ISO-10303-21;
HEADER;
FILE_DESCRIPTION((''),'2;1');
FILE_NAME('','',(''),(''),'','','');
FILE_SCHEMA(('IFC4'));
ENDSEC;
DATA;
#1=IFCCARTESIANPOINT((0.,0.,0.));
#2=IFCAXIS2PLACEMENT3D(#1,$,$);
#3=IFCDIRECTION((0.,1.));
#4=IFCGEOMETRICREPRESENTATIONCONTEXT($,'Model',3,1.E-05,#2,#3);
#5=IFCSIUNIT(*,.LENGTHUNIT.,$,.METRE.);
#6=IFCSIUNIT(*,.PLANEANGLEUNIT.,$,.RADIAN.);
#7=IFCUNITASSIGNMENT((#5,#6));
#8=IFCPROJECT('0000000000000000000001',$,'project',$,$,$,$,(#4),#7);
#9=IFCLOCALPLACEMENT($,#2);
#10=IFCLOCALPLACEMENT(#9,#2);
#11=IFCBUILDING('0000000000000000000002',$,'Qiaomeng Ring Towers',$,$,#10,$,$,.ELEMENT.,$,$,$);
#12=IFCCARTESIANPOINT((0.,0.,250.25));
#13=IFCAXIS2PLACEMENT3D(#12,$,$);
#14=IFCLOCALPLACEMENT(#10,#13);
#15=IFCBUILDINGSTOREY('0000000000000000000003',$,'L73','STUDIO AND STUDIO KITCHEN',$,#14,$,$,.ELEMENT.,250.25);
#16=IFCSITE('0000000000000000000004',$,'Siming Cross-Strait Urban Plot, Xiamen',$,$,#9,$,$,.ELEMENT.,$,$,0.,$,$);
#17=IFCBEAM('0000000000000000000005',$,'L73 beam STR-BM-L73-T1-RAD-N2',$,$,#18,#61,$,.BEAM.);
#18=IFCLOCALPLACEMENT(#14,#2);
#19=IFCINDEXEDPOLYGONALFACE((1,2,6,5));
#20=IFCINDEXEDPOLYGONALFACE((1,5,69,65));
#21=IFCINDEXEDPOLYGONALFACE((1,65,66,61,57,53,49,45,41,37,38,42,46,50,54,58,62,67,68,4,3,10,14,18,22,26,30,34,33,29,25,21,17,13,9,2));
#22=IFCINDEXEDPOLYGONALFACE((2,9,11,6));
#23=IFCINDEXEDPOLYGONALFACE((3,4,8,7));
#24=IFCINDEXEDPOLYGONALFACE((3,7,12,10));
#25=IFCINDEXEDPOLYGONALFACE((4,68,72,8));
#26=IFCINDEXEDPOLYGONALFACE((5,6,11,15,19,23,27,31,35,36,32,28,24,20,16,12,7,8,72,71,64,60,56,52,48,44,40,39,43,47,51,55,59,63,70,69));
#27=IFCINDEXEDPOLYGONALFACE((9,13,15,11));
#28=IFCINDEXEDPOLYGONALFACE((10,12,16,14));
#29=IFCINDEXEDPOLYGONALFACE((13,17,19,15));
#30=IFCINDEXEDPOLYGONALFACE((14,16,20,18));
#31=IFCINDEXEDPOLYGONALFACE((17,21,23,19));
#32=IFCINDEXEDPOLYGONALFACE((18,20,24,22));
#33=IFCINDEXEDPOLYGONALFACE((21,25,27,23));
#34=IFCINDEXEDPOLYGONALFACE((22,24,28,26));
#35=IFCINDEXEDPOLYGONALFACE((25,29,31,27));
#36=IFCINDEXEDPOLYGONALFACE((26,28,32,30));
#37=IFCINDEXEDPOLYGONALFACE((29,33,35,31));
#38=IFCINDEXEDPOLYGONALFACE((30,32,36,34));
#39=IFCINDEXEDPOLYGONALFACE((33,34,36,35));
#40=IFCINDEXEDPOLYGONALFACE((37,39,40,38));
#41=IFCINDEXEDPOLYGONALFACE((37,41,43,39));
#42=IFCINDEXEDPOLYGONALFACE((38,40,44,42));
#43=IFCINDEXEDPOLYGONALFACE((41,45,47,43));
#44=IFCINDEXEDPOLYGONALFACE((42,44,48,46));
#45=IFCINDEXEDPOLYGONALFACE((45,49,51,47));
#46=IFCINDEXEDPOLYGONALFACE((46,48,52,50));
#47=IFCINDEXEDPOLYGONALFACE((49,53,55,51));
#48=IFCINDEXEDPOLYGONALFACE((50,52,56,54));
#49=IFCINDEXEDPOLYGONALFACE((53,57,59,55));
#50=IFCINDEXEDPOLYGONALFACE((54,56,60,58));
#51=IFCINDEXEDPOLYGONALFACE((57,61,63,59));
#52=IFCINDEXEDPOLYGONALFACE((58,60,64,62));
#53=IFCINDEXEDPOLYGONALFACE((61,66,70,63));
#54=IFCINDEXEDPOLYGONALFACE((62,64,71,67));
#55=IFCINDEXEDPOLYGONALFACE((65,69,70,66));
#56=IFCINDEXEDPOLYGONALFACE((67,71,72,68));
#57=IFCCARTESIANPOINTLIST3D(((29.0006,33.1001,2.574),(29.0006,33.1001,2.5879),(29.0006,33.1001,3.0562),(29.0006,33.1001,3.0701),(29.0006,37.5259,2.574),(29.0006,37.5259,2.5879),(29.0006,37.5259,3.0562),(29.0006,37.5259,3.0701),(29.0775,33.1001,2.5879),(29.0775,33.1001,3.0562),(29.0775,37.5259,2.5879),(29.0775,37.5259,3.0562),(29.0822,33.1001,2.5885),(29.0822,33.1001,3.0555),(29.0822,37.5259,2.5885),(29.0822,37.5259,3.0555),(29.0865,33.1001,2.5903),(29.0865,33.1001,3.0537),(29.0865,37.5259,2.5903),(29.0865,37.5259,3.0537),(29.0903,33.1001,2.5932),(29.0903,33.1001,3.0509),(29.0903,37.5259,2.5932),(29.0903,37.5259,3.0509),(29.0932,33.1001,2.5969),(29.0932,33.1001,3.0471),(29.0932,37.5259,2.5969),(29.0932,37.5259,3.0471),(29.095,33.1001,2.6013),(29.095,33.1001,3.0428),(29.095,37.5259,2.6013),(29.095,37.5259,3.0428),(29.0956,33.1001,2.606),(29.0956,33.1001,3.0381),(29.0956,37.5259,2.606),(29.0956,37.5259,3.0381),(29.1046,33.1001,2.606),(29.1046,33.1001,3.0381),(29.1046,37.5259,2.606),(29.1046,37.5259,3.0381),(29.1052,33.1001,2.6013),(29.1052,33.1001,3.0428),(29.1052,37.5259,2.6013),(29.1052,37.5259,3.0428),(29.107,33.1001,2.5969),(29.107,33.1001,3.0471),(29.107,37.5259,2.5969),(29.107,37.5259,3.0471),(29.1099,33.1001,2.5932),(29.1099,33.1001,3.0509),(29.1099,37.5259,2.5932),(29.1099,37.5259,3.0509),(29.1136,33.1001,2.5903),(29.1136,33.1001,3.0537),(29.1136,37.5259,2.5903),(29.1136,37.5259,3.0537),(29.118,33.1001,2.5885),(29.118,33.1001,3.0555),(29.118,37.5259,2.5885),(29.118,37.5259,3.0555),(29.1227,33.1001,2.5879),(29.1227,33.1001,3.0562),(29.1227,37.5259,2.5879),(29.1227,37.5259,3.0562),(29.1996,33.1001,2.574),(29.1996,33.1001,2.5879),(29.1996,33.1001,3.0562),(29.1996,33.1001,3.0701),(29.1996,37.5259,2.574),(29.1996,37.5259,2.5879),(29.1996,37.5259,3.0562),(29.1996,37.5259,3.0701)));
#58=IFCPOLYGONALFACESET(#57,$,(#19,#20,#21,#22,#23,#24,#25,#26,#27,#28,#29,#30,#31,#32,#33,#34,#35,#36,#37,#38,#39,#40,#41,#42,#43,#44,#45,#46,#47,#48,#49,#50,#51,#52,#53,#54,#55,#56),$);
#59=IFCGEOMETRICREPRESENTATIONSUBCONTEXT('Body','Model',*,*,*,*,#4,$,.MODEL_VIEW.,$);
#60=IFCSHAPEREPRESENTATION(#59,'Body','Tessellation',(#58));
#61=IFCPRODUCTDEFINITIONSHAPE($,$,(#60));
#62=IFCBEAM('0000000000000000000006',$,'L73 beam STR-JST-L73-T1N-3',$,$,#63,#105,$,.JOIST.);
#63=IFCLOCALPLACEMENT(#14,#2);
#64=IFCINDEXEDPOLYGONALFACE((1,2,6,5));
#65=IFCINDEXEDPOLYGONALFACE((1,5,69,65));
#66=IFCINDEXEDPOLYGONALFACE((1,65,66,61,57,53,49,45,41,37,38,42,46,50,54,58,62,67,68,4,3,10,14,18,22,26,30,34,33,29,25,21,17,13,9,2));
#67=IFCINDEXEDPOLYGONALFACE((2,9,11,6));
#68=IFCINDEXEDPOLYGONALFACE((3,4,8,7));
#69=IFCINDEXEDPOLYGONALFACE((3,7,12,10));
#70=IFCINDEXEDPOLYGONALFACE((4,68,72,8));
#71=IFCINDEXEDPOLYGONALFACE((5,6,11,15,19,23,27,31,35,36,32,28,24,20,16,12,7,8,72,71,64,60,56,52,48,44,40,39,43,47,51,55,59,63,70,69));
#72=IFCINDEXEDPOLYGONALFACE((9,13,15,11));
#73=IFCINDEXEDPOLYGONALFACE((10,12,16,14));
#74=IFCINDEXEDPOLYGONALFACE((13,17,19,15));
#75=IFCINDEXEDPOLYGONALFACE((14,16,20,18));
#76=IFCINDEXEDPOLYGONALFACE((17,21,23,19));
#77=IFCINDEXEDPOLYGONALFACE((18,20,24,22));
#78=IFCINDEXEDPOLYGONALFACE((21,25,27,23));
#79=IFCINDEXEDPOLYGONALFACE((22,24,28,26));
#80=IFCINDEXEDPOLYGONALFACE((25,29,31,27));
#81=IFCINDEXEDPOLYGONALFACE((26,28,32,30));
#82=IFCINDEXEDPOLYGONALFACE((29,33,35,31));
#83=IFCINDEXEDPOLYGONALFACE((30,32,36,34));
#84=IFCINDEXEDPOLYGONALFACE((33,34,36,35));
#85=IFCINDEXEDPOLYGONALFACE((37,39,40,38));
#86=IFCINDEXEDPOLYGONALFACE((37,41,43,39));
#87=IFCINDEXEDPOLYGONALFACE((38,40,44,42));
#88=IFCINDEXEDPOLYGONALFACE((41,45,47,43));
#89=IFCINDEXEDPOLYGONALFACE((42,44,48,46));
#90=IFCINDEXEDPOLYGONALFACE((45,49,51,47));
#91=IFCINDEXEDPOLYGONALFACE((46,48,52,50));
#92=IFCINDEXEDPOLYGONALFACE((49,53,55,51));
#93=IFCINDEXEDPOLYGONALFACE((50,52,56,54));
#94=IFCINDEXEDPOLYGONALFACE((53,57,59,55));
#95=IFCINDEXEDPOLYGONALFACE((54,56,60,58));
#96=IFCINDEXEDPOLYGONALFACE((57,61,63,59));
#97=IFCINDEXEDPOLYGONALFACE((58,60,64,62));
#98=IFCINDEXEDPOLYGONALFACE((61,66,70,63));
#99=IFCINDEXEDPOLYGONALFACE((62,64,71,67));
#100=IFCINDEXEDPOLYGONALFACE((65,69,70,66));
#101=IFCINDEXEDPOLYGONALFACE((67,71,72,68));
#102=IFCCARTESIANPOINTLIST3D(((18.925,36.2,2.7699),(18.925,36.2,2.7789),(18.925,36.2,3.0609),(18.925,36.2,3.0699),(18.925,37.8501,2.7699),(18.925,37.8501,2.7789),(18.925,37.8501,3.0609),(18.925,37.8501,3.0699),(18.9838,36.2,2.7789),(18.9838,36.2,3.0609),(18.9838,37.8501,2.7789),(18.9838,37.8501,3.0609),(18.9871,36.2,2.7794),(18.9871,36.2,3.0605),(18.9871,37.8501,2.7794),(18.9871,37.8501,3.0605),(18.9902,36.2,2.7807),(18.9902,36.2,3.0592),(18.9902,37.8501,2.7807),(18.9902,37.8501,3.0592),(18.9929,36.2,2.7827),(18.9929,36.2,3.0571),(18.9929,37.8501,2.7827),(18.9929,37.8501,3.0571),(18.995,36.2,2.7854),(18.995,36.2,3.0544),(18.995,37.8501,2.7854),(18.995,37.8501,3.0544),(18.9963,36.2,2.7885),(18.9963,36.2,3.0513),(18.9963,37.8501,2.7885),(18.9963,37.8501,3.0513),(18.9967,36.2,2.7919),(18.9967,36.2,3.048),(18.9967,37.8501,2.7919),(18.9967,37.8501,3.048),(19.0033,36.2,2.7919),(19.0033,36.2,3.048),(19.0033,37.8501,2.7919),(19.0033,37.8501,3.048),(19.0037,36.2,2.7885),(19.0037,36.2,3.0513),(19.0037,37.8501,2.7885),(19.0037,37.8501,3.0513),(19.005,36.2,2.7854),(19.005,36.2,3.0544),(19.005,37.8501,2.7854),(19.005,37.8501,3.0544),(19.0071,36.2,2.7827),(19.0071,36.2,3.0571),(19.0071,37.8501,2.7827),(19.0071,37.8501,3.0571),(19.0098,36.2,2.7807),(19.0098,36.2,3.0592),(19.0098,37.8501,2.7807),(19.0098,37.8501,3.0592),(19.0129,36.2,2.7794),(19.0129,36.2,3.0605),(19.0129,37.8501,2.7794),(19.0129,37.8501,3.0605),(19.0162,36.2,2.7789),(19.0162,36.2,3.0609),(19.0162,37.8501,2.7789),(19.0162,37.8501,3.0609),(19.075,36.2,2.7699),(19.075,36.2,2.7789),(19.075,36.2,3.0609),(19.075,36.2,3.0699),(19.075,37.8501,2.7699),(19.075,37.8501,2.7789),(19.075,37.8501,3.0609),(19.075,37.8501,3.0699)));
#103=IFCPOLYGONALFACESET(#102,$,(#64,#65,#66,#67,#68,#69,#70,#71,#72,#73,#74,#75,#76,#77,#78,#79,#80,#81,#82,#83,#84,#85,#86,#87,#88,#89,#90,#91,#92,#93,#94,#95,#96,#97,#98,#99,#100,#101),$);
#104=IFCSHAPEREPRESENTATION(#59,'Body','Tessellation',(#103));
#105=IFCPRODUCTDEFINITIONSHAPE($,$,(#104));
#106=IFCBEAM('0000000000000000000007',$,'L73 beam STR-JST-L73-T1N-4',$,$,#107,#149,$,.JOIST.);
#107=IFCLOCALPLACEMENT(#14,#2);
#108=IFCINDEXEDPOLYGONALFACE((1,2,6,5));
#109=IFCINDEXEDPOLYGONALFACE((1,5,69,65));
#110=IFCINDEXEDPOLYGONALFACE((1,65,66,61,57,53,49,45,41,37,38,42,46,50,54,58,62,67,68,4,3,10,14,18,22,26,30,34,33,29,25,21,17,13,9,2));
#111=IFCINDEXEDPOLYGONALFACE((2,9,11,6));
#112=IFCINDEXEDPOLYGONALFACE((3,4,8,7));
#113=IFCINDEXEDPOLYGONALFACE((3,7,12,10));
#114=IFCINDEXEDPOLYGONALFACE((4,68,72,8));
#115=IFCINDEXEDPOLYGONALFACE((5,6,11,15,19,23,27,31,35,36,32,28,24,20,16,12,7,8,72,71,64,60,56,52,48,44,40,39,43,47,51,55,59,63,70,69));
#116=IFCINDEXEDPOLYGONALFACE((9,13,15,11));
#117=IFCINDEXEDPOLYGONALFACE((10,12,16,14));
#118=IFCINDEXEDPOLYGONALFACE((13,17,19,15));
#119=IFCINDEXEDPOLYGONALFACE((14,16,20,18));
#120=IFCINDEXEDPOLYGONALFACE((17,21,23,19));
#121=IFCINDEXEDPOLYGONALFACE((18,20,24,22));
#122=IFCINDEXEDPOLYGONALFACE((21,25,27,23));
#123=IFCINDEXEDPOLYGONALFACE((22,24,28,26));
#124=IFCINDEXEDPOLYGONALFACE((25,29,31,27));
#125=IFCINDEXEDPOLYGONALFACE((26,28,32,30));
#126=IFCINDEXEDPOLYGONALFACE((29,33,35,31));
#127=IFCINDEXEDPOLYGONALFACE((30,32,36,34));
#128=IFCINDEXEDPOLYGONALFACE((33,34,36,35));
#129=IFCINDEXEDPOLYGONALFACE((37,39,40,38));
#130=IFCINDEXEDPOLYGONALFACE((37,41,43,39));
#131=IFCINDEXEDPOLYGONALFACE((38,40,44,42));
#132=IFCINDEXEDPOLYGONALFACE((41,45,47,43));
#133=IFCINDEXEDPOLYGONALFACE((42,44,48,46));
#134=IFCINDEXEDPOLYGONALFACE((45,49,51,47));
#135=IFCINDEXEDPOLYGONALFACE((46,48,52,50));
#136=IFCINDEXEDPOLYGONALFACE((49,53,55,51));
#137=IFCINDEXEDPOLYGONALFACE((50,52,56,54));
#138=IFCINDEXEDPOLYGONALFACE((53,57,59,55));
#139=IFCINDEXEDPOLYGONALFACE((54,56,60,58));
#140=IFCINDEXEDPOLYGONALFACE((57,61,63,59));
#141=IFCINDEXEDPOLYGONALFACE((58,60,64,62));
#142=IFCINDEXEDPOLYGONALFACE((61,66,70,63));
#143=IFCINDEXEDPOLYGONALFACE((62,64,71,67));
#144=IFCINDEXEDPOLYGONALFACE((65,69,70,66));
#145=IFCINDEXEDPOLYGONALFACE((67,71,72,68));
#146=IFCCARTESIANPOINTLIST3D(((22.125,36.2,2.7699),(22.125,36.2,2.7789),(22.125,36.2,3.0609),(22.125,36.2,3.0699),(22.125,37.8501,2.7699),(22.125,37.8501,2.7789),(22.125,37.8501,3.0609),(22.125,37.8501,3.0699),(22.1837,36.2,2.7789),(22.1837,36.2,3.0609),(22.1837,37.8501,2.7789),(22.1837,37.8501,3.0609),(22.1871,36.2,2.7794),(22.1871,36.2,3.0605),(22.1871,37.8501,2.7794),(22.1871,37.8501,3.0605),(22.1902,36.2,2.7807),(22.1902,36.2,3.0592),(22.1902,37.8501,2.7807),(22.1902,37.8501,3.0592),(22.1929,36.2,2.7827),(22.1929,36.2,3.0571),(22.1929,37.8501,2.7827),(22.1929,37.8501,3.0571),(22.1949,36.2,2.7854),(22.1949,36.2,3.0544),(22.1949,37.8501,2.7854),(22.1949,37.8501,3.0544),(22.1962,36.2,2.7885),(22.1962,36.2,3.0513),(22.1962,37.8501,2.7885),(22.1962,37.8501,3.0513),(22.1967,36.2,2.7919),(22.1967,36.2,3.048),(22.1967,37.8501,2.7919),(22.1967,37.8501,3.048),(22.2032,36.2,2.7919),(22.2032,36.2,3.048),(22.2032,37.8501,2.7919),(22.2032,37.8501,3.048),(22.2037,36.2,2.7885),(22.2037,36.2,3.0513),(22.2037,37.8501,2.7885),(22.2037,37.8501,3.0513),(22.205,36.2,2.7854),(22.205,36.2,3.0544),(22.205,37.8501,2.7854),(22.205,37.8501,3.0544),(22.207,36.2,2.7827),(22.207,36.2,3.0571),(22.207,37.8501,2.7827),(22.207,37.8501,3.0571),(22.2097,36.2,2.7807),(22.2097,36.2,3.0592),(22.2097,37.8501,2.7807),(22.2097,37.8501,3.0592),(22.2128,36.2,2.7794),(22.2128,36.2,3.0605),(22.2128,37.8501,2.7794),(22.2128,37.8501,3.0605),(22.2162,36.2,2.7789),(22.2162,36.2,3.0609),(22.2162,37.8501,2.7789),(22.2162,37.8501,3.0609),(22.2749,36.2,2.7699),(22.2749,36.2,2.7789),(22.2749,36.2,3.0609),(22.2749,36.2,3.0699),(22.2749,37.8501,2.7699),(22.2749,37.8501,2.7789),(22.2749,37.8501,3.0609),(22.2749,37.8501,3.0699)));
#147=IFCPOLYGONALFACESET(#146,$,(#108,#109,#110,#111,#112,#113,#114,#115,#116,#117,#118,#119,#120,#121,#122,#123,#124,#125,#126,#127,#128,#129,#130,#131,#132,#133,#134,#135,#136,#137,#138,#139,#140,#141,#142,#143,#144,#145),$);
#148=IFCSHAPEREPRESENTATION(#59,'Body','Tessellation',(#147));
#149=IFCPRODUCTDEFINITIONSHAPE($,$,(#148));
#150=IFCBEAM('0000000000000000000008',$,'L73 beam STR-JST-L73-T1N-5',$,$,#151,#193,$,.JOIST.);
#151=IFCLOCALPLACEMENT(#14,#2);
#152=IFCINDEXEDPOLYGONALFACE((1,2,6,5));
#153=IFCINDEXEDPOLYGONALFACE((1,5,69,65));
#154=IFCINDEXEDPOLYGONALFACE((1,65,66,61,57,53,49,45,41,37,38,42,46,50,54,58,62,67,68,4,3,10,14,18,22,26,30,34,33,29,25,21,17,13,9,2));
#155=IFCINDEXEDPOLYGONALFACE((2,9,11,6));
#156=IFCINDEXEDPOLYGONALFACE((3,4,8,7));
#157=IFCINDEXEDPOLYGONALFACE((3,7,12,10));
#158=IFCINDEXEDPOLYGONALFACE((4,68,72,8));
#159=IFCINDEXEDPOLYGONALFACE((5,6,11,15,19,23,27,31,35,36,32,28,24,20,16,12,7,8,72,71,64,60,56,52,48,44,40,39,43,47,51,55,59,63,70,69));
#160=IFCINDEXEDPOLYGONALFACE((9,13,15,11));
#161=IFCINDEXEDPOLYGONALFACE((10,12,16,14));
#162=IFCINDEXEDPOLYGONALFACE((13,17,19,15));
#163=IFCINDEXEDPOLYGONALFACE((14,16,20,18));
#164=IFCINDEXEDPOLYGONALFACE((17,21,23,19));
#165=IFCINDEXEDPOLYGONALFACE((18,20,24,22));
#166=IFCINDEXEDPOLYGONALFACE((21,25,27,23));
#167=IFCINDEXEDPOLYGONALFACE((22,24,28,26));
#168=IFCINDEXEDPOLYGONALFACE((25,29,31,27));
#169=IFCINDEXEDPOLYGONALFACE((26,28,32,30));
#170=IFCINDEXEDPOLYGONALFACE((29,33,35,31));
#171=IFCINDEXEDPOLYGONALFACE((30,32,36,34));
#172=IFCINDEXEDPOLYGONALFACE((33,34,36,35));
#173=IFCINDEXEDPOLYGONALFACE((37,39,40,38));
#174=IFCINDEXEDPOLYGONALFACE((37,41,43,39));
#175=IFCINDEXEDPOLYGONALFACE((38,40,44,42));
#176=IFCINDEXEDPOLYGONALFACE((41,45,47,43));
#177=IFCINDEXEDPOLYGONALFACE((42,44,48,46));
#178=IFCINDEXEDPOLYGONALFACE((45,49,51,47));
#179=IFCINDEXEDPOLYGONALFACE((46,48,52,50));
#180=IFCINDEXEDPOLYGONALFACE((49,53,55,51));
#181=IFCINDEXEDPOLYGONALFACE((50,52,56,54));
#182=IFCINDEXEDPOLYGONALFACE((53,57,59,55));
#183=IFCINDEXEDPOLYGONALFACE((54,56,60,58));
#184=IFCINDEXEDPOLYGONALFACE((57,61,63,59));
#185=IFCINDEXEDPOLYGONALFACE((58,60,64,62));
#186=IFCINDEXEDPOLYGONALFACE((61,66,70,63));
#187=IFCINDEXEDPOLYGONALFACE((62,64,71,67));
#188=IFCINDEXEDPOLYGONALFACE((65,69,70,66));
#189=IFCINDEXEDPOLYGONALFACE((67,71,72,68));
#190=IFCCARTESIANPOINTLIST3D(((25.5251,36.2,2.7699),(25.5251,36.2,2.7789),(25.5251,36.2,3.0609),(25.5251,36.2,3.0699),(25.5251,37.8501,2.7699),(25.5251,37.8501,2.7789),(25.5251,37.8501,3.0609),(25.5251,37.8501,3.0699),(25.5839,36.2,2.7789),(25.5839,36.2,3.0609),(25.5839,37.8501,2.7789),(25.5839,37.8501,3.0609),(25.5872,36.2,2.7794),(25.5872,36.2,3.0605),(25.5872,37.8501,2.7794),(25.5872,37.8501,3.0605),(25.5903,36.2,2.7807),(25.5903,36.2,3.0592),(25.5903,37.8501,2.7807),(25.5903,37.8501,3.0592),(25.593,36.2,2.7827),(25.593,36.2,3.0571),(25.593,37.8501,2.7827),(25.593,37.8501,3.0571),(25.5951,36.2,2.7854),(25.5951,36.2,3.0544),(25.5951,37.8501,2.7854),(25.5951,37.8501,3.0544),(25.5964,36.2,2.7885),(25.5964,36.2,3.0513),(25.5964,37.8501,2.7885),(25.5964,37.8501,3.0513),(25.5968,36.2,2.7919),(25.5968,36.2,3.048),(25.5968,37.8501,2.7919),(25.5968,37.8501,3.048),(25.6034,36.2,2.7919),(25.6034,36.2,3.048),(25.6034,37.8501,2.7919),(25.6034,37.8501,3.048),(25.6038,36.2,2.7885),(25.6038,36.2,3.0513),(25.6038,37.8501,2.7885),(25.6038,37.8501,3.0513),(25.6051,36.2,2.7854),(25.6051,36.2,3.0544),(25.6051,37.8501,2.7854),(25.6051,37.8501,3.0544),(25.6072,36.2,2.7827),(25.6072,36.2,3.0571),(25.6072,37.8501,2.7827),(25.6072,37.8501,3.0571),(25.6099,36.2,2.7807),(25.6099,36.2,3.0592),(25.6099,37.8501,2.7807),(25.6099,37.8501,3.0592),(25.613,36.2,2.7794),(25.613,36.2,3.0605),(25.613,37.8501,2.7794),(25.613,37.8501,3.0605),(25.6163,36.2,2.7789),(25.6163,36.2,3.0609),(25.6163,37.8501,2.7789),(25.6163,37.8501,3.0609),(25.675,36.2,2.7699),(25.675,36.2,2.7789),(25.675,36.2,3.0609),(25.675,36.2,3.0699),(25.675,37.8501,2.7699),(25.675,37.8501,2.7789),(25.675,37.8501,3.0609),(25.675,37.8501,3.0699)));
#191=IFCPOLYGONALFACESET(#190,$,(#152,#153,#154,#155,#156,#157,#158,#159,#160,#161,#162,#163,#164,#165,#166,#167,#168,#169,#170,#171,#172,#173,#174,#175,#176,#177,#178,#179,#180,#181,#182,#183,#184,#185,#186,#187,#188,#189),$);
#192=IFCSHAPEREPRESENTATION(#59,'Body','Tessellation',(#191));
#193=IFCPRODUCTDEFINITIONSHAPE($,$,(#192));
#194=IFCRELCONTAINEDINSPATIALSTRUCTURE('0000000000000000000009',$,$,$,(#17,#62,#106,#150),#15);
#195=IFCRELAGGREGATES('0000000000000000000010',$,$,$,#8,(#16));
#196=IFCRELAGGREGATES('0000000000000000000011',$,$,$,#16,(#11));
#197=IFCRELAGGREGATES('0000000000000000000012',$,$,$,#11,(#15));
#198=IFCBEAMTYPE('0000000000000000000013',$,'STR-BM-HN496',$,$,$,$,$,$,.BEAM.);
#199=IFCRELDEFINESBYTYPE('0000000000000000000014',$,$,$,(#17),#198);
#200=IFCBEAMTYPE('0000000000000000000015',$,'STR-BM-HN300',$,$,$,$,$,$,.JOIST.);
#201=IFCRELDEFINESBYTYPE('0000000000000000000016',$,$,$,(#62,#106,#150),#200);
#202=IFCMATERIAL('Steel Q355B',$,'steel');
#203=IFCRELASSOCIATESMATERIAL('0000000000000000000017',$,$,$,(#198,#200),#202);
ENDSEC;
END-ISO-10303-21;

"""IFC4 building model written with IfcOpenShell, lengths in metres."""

from ifc_helpers import new_model, si_unit, direction, frame, origin, origin_2d, place, context, subcontext, project, spatial, i_section, extrude, source, transform, mapped, material, material_profile, profile_set, type_object, element, save


model = new_model("IFC4")

# Units and contexts
model_context = context("Model", 3, precision=1e-05, world=origin(), true_north=direction((0.0, 1.0)))
body_context = subcontext(model_context, "Body", "Model", "MODEL_VIEW")
ifc_project = project(units=[si_unit("LENGTHUNIT", "METRE"), si_unit("PLANEANGLEUNIT", "RADIAN")], contexts=[model_context])

# Site, building, storey
site_placement = place(None, origin())
site = spatial("IfcSite", under=ifc_project, at=site_placement, Name="Siming Cross-Strait Urban Plot, Xiamen", CompositionType="ELEMENT", RefElevation=0.0)
building_placement = place(site_placement, origin())
building = spatial("IfcBuilding", under=site, at=building_placement, Name="Qiaomeng Ring Towers", CompositionType="ELEMENT")
storey_placement = place(building_placement, frame((0.0, 0.0, 250.25)))
storey = spatial("IfcBuildingStorey", under=building, at=storey_placement, Name="L73", Description="STUDIO AND STUDIO KITCHEN", CompositionType="ELEMENT", Elevation=250.25)

# Beams
ifc_material_1 = material(Name="Steel Q355B", Category="steel")
ifc_material_profile_1 = material_profile(ifc_material_1, i_section(OverallWidth=0.199, OverallDepth=0.4961, WebThickness=0.009, FlangeThickness=0.0139, FilletRadius=0.0181, at=origin_2d()), Name="HN 496x199x9x14")
ifc_profile_set_1 = profile_set([ifc_material_profile_1], Name="Steel Q355B")
beam_type_1 = type_object("IfcBeamType", Name="STR-BM-HN496", PredefinedType="BEAM", material=ifc_profile_set_1)
shared_shape_1 = source(origin(), body_context, "Body", "SweptSolid", [
    extrude(i_section(OverallWidth=0.199, OverallDepth=0.4961, WebThickness=0.009, FlangeThickness=0.0139, FilletRadius=0.0181, at=origin_2d()), origin(), (0.0, 0.0, 1.0), 4.4258),
])
beam_1_placement = place(storey_placement, frame((29.1001, 37.5259, 2.822), z_axis=(0.0, -1.0, 0.0), x_axis=(1.0, 0.0, 0.0)))
element("IfcBeam", 1, at=beam_1_placement, inside=storey, type_object=beam_type_1, Name="L73 beam STR-BM-L73-T1-RAD-N2", PredefinedType="BEAM", context=body_context, shape_type="MappedRepresentation", body=[
    mapped(shared_shape_1, transform((0.0, 0.0, 0.0), x_axis=(1.0, 0.0, 0.0), y_axis=(0.0, 1.0, 0.0), z_axis=(0.0, 0.0, 1.0), scale=1.0)),
])
ifc_material_profile_2 = material_profile(ifc_material_1, i_section(OverallWidth=0.1499, OverallDepth=0.3, WebThickness=0.0066, FlangeThickness=0.009, FilletRadius=0.0129, at=origin_2d()), Name="HN 300x150x6.5x9")
ifc_profile_set_2 = profile_set([ifc_material_profile_2], Name="Steel Q355B")
beam_type_2 = type_object("IfcBeamType", Name="STR-BM-HN300", PredefinedType="JOIST", material=ifc_profile_set_2)
shared_shape_2 = source(origin(), body_context, "Body", "SweptSolid", [
    extrude(i_section(OverallWidth=0.1499, OverallDepth=0.3, WebThickness=0.0066, FlangeThickness=0.009, FilletRadius=0.0129, at=origin_2d()), origin(), (0.0, 0.0, 1.0), 1.6501),
])
for number, where, z_axis, x_axis, name in (
    (2, (19.0, 36.2, 2.9199), (0.0, 1.0, 0.0), (-1.0, 0.0, 0.0), "L73 beam STR-JST-L73-T1N-3"),
    (3, (22.2, 36.2, 2.9199), (0.0, 1.0, 0.0), (-1.0, 0.0, 0.0), "L73 beam STR-JST-L73-T1N-4"),
    (4, (25.6001, 36.2, 2.9199), (0.0, 1.0, 0.0), (-1.0, 0.0, 0.0), "L73 beam STR-JST-L73-T1N-5"),
):
    element("IfcBeam", number, at=place(storey_placement, frame(where, z_axis=z_axis, x_axis=x_axis)), inside=storey, type_object=beam_type_2, Name=name, PredefinedType="JOIST", context=body_context, shape_type="MappedRepresentation", body=[
        mapped(shared_shape_2, transform((0.0, 0.0, 0.0), x_axis=(1.0, 0.0, 0.0), y_axis=(0.0, 1.0, 0.0), z_axis=(0.0, 0.0, 1.0), scale=1.0)),
    ])

save(model, "model.ifc")
